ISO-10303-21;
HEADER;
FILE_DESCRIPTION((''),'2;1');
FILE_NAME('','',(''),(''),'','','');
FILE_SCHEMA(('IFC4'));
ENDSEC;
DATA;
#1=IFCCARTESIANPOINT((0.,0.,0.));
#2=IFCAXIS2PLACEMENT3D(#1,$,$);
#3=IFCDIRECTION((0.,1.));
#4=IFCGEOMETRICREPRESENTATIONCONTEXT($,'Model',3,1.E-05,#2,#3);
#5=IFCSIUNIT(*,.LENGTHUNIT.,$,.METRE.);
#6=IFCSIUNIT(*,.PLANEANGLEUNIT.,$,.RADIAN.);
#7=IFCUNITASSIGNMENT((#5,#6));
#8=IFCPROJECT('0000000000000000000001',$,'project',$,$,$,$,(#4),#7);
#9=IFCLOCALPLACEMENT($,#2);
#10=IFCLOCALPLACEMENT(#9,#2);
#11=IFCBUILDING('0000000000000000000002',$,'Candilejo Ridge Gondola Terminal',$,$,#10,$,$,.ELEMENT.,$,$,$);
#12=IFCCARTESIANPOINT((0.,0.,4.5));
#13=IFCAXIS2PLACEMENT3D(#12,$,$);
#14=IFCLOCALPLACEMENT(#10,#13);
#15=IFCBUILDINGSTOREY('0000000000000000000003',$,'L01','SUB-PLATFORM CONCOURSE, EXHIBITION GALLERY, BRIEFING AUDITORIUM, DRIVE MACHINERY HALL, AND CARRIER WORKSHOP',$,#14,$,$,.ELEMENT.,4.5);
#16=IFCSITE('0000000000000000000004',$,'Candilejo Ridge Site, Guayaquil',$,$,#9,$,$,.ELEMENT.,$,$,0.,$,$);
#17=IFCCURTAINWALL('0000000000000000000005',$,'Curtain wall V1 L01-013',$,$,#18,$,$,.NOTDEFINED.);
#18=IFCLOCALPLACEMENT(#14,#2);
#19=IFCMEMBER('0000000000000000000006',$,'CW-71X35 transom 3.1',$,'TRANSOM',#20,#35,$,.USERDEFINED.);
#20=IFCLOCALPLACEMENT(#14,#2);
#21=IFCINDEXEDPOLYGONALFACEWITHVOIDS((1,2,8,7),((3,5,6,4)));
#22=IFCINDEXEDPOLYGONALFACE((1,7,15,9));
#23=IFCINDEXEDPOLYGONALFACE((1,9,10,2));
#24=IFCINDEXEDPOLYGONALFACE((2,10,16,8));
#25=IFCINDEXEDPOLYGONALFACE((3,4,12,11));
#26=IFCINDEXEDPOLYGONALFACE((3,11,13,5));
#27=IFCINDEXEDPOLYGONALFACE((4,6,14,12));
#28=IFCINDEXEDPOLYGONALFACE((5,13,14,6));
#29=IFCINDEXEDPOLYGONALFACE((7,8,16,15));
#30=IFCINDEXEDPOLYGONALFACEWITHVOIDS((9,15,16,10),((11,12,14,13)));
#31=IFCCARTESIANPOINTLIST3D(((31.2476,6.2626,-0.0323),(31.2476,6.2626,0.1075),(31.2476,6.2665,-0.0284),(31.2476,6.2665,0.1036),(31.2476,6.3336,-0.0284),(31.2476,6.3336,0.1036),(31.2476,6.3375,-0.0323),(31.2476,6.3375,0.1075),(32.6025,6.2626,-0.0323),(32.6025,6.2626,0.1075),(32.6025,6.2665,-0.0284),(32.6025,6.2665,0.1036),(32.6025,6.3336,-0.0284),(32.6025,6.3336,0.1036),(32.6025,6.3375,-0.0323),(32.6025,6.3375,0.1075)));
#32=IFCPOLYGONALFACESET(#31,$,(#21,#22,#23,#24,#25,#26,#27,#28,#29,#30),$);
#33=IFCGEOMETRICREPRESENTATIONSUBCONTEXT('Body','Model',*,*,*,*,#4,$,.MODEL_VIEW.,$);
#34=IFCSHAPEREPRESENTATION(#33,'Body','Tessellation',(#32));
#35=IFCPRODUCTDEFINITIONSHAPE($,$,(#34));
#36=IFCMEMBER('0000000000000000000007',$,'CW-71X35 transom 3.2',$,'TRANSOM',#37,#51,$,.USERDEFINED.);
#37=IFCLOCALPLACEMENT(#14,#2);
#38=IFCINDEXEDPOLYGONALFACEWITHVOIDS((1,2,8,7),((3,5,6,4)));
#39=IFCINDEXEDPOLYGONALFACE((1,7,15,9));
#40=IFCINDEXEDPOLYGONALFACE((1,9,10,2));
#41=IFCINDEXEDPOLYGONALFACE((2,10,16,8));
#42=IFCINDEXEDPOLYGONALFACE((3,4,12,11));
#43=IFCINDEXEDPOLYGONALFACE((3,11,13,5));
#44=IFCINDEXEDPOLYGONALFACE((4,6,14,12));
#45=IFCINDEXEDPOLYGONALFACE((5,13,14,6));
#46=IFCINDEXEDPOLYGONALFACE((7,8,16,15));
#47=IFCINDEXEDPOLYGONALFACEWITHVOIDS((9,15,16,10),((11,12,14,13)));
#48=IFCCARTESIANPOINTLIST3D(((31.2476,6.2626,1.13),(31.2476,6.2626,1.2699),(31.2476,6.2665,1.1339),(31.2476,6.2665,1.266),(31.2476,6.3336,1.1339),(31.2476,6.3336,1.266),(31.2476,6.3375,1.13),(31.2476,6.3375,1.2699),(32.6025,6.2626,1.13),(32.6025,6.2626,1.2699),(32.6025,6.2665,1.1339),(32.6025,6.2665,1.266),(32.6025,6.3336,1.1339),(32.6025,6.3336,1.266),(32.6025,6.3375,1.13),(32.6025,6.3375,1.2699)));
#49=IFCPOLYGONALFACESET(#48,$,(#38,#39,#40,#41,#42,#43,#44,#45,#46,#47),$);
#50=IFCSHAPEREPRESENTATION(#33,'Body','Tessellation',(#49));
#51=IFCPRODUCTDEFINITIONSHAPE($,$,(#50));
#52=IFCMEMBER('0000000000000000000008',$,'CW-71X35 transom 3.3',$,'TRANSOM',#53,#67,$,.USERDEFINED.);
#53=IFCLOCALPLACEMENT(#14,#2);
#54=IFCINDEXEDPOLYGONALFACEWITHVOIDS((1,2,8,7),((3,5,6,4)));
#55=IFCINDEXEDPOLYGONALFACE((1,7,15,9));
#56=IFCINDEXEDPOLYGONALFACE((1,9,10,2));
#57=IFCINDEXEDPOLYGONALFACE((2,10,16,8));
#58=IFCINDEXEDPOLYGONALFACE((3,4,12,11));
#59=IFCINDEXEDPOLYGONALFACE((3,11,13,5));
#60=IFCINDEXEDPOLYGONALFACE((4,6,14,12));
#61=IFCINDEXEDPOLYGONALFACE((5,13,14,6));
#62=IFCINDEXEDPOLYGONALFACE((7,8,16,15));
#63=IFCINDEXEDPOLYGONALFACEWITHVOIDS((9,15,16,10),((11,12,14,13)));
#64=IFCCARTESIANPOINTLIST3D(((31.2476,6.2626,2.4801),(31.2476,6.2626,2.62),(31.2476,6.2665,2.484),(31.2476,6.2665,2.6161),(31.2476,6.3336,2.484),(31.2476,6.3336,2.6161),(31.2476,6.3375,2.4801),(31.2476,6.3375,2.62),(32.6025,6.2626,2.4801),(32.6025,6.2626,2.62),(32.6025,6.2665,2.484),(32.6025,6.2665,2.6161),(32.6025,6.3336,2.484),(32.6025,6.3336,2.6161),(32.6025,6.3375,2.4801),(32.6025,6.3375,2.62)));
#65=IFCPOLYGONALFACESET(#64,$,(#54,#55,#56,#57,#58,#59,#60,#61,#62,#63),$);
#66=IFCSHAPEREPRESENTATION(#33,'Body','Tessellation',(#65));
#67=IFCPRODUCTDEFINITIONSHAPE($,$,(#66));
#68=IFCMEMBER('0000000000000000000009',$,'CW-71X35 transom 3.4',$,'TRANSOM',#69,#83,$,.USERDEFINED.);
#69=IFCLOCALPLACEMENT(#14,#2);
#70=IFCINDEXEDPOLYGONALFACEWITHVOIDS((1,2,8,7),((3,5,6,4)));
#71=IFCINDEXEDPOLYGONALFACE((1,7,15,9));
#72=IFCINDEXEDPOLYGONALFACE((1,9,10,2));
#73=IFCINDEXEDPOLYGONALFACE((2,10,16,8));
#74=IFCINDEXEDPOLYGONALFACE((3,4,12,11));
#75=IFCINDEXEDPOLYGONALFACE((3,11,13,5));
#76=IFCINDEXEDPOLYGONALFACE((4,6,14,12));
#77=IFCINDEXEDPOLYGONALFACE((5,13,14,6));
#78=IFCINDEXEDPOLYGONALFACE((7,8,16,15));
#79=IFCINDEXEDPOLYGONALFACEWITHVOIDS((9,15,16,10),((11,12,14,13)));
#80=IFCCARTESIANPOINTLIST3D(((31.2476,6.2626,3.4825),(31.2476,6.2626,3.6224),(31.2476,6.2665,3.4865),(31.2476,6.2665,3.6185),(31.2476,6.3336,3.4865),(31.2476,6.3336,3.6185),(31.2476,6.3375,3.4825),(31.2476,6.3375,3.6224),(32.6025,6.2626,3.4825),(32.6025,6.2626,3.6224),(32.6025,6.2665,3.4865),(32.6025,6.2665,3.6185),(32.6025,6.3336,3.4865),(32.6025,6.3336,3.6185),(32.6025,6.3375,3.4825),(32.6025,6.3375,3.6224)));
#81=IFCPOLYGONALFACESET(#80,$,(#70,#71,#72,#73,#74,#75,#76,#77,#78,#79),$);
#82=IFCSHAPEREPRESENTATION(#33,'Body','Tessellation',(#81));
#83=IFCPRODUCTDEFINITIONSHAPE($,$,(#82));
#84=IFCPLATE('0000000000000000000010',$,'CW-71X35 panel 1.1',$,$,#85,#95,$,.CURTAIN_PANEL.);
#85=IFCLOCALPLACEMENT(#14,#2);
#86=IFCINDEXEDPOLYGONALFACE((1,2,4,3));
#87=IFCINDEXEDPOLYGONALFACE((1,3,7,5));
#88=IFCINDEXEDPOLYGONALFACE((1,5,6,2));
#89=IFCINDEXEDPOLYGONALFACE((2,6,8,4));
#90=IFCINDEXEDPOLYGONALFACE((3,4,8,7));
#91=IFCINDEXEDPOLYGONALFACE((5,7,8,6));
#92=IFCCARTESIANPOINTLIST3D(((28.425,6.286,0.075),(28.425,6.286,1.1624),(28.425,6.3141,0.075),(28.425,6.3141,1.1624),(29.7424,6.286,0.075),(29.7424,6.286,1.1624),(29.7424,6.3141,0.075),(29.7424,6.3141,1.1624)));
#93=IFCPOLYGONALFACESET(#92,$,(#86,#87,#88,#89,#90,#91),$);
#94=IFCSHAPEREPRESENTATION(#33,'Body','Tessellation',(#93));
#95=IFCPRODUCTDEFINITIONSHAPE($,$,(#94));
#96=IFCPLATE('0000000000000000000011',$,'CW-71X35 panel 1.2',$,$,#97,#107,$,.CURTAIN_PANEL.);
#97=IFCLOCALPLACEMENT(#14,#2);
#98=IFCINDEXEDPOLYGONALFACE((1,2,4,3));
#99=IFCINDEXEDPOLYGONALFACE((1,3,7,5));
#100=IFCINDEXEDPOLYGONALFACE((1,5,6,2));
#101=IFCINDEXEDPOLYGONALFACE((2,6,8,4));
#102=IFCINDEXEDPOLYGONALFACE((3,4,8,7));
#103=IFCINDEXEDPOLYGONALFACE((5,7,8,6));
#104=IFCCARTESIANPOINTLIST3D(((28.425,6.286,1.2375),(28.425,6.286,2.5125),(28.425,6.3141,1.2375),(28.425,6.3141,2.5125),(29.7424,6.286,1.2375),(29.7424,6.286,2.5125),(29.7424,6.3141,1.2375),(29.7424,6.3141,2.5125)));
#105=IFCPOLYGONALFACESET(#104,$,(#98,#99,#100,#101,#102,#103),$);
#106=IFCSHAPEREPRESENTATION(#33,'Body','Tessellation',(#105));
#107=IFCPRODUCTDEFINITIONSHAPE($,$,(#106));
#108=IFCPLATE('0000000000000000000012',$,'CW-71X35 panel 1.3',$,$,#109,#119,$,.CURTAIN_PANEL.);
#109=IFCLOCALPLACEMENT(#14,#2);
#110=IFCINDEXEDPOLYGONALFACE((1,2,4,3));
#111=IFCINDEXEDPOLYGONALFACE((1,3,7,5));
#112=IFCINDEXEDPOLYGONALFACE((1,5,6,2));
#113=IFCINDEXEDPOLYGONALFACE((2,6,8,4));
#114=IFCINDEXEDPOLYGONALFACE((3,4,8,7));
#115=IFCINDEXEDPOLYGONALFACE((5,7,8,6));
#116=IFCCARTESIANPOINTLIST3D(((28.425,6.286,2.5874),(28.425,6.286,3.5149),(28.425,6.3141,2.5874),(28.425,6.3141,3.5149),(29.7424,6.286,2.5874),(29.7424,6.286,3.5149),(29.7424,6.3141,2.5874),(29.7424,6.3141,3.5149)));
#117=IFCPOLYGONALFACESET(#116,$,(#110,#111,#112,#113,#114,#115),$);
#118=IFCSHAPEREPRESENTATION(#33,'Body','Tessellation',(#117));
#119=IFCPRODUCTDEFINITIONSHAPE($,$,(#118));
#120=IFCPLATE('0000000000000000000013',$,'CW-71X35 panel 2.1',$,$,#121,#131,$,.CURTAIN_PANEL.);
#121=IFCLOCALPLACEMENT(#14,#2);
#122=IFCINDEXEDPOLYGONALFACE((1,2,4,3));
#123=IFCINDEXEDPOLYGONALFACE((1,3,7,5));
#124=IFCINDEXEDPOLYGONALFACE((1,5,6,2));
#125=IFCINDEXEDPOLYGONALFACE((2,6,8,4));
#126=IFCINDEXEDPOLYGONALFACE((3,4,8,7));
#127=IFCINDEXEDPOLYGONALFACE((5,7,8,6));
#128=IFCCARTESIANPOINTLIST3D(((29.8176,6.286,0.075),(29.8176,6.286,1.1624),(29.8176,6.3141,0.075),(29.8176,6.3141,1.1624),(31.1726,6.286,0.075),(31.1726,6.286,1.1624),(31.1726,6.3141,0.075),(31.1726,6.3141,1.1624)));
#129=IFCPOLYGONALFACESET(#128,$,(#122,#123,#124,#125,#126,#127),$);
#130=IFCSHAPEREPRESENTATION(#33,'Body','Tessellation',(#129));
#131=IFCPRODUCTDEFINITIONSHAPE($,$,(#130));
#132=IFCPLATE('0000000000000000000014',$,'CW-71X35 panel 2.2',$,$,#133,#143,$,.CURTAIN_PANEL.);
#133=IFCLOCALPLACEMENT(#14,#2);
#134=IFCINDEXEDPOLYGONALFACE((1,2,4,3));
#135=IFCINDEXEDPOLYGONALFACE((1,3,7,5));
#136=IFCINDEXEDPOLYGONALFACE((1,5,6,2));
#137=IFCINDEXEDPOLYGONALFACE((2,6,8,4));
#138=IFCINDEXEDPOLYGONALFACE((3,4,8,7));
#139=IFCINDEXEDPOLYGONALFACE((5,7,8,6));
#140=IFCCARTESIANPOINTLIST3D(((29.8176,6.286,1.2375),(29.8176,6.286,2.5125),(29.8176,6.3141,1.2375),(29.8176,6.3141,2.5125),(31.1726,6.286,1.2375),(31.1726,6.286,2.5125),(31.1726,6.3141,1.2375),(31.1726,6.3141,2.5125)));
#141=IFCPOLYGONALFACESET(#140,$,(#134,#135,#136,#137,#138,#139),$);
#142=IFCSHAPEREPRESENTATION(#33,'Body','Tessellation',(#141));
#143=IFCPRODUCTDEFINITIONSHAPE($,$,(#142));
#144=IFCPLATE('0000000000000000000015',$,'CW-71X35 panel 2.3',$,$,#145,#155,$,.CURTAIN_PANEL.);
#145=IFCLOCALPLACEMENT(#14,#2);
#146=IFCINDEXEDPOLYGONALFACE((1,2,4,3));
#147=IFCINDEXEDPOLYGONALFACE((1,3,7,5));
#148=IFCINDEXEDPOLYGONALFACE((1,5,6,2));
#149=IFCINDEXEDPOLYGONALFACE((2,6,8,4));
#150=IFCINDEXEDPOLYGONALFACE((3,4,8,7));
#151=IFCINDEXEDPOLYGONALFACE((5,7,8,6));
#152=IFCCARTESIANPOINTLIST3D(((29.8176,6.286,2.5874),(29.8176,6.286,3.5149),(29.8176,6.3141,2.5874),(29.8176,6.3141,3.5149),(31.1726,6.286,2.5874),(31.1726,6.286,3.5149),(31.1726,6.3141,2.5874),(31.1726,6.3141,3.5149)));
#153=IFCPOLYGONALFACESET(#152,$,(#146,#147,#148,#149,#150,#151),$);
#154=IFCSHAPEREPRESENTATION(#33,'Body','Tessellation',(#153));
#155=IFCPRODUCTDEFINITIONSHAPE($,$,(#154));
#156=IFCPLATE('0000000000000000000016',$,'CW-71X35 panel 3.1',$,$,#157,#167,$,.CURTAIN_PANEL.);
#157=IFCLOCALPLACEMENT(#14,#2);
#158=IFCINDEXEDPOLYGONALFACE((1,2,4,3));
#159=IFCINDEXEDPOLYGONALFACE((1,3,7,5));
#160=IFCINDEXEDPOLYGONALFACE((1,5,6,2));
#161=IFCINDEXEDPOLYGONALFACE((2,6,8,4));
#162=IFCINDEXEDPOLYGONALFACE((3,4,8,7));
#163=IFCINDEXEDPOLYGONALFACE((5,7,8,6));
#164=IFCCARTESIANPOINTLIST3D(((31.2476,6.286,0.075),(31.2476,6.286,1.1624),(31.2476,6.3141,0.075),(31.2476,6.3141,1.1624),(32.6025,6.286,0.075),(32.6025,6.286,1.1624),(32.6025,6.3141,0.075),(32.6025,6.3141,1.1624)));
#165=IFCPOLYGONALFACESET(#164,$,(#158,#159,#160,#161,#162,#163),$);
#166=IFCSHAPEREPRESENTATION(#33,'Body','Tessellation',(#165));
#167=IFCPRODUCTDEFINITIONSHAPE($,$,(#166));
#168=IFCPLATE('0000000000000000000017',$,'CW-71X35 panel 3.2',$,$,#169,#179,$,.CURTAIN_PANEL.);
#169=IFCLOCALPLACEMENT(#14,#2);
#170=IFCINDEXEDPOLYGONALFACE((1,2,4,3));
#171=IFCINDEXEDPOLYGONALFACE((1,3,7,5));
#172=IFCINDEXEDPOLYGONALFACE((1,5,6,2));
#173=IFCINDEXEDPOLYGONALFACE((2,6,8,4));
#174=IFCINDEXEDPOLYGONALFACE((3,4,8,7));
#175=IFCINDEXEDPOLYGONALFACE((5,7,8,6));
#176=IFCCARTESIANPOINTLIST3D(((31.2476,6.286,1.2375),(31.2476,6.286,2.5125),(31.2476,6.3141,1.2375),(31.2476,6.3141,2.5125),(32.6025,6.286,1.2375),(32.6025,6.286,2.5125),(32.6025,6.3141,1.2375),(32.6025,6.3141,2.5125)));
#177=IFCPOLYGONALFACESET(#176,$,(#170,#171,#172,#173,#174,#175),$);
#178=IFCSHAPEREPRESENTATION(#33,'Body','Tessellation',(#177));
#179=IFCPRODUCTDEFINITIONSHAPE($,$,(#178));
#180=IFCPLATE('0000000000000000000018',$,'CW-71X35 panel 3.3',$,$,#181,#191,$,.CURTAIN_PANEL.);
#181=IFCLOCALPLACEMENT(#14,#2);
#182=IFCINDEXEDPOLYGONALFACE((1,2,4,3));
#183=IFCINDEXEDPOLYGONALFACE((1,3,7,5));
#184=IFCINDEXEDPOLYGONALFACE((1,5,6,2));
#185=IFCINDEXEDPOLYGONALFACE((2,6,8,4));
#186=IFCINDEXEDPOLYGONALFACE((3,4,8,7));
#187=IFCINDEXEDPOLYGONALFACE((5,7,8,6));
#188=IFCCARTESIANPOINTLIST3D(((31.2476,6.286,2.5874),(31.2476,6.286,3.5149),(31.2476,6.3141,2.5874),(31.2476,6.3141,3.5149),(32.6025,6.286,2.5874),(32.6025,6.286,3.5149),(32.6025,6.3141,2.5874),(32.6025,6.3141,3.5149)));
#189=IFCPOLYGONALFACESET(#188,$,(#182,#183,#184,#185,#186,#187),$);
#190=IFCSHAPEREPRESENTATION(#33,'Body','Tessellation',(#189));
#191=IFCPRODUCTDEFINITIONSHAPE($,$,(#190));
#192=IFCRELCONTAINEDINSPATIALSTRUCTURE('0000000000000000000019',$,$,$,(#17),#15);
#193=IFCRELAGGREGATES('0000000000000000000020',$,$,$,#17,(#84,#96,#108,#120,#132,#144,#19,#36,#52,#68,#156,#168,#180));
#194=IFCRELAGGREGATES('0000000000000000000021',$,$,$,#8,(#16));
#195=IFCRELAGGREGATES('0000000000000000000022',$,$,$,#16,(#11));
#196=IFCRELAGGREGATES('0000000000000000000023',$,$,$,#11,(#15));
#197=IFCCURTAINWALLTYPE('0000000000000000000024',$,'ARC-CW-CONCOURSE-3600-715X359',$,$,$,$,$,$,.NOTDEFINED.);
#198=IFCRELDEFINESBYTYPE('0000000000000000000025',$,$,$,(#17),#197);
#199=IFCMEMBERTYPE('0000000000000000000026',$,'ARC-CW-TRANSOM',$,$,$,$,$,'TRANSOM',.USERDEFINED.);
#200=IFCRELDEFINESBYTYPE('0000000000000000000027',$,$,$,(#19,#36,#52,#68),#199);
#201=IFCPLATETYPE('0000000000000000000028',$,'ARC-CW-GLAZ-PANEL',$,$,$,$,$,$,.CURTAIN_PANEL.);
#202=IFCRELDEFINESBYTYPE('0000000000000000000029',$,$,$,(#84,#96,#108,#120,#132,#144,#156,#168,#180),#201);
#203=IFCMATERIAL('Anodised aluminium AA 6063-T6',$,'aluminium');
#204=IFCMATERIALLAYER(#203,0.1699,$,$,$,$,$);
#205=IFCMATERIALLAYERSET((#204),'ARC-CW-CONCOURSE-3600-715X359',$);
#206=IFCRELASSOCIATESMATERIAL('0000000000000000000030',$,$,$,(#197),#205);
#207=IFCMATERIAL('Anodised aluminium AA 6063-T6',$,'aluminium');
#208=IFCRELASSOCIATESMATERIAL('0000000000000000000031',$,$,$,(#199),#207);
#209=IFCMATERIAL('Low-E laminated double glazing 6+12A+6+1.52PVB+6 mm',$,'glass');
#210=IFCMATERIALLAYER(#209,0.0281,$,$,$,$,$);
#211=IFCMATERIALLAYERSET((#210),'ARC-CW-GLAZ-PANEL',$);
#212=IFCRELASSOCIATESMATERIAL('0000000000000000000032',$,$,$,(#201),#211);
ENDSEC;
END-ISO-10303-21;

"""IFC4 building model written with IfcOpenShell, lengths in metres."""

from ifc_helpers import new_model, si_unit, direction, frame, origin, origin_2d, place, context, subcontext, project, spatial, rectangle, hollow_rectangle, extrude, material, layer, layer_set, material_profile, profile_set, type_object, element, aggregate, save


model = new_model("IFC4")

# Units and contexts
model_context = context("Model", 3, precision=1e-05, world=origin(), true_north=direction((0.0, 1.0)))
body_context = subcontext(model_context, "Body", "Model", "MODEL_VIEW")
ifc_project = project(units=[si_unit("LENGTHUNIT", "METRE"), si_unit("PLANEANGLEUNIT", "RADIAN")], contexts=[model_context])

# Site, building, storey
site_placement = place(None, origin())
site = spatial("IfcSite", under=ifc_project, at=site_placement, Name="Candilejo Ridge Site, Guayaquil", CompositionType="ELEMENT", RefElevation=0.0)
building_placement = place(site_placement, origin())
building = spatial("IfcBuilding", under=site, at=building_placement, Name="Candilejo Ridge Gondola Terminal", CompositionType="ELEMENT")
storey_placement = place(building_placement, frame((0.0, 0.0, 4.5)))
storey = spatial("IfcBuildingStorey", under=building, at=storey_placement, Name="L01", Description="SUB-PLATFORM CONCOURSE, EXHIBITION GALLERY, BRIEFING AUDITORIUM, DRIVE MACHINERY HALL, AND CARRIER WORKSHOP", CompositionType="ELEMENT", Elevation=4.5)

# Curtain wall, members, plates
ifc_material_1 = material(Name="Anodised aluminium AA 6063-T6", Category="aluminium")
ifc_layer_1 = layer(ifc_material_1, 0.1699)
ifc_layer_set_1 = layer_set([ifc_layer_1], Name="ARC-CW-CONCOURSE-3600-715X359")
curtain_wall_type = type_object("IfcCurtainWallType", Name="ARC-CW-CONCOURSE-3600-715X359", PredefinedType="NOTDEFINED", material=ifc_layer_set_1)
curtain_wall_placement = place(storey_placement, origin())
curtain_wall = element("IfcCurtainWall", 1, at=curtain_wall_placement, inside=storey, type_object=curtain_wall_type, Name="Curtain wall V1 L01-013", PredefinedType="NOTDEFINED")
ifc_material_2 = material(Name="Anodised aluminium AA 6063-T6", Category="aluminium")
ifc_material_profile_1 = material_profile(ifc_material_2, hollow_rectangle(XDim=0.075, YDim=0.1399, WallThickness=0.0039, at=origin_2d()))
ifc_profile_set_1 = profile_set([ifc_material_profile_1], Name="Anodised aluminium AA 6063-T6")
member_type_1 = type_object("IfcMemberType", Name="ARC-CW-TRANSOM", ElementType="TRANSOM", PredefinedType="USERDEFINED", material=ifc_profile_set_1)
member_1_placement = place(storey_placement, frame((31.2476, 6.3, 0.0376), z_axis=(1.0, 0.0, 0.0), x_axis=(0.0, 1.0, 0.0)))
member_1 = element("IfcMember", 2, at=member_1_placement, type_object=member_type_1, Name="CW-71X35 transom 3.1", ObjectType="TRANSOM", PredefinedType="USERDEFINED", context=body_context, shape_type="SweptSolid", body=[
    extrude(hollow_rectangle(XDim=0.075, YDim=0.1399, WallThickness=0.0039, at=origin_2d()), origin(), (0.0, 0.0, 1.0), 1.355),
])
member_2_placement = place(storey_placement, frame((31.2476, 6.3, 1.2), z_axis=(1.0, 0.0, 0.0), x_axis=(0.0, 1.0, 0.0)))
member_2 = element("IfcMember", 3, at=member_2_placement, type_object=member_type_1, Name="CW-71X35 transom 3.2", ObjectType="TRANSOM", PredefinedType="USERDEFINED", context=body_context, shape_type="SweptSolid", body=[
    extrude(hollow_rectangle(XDim=0.075, YDim=0.1399, WallThickness=0.0039, at=origin_2d()), origin(), (0.0, 0.0, 1.0), 1.355),
])
member_3_placement = place(storey_placement, frame((31.2476, 6.3, 2.55), z_axis=(1.0, 0.0, 0.0), x_axis=(0.0, 1.0, 0.0)))
member_3 = element("IfcMember", 4, at=member_3_placement, type_object=member_type_1, Name="CW-71X35 transom 3.3", ObjectType="TRANSOM", PredefinedType="USERDEFINED", context=body_context, shape_type="SweptSolid", body=[
    extrude(hollow_rectangle(XDim=0.075, YDim=0.1399, WallThickness=0.0039, at=origin_2d()), origin(), (0.0, 0.0, 1.0), 1.355),
])
member_4_placement = place(storey_placement, frame((31.2476, 6.3, 3.5525), z_axis=(1.0, 0.0, 0.0), x_axis=(0.0, 1.0, 0.0)))
member_4 = element("IfcMember", 5, at=member_4_placement, type_object=member_type_1, Name="CW-71X35 transom 3.4", ObjectType="TRANSOM", PredefinedType="USERDEFINED", context=body_context, shape_type="SweptSolid", body=[
    extrude(hollow_rectangle(XDim=0.075, YDim=0.1399, WallThickness=0.0039, at=origin_2d()), origin(), (0.0, 0.0, 1.0), 1.355),
])
ifc_material_3 = material(Name="Low-E laminated double glazing 6+12A+6+1.52PVB+6 mm", Category="glass")
ifc_layer_2 = layer(ifc_material_3, 0.0281)
ifc_layer_set_2 = layer_set([ifc_layer_2], Name="ARC-CW-GLAZ-PANEL")
plate_type = type_object("IfcPlateType", Name="ARC-CW-GLAZ-PANEL", PredefinedType="CURTAIN_PANEL", material=ifc_layer_set_2)
plate_1_placement = place(storey_placement, frame((29.0837, 6.3, 0.075), z_axis=(0.0, 0.0, 1.0), x_axis=(1.0, 0.0, 0.0)))
plate_1 = element("IfcPlate", 6, at=plate_1_placement, type_object=plate_type, Name="CW-71X35 panel 1.1", PredefinedType="CURTAIN_PANEL", context=body_context, shape_type="SweptSolid", body=[
    extrude(rectangle(XDim=1.3174, YDim=0.0281, at=origin_2d()), origin(), (0.0, 0.0, 1.0), 1.0874),
])
plate_2_placement = place(storey_placement, frame((29.0837, 6.3, 1.2375), z_axis=(0.0, 0.0, 1.0), x_axis=(1.0, 0.0, 0.0)))
plate_2 = element("IfcPlate", 7, at=plate_2_placement, type_object=plate_type, Name="CW-71X35 panel 1.2", PredefinedType="CURTAIN_PANEL", context=body_context, shape_type="SweptSolid", body=[
    extrude(rectangle(XDim=1.3174, YDim=0.0281, at=origin_2d()), origin(), (0.0, 0.0, 1.0), 1.2749),
])
plate_3_placement = place(storey_placement, frame((29.0837, 6.3, 2.5874), z_axis=(0.0, 0.0, 1.0), x_axis=(1.0, 0.0, 0.0)))
plate_3 = element("IfcPlate", 8, at=plate_3_placement, type_object=plate_type, Name="CW-71X35 panel 1.3", PredefinedType="CURTAIN_PANEL", context=body_context, shape_type="SweptSolid", body=[
    extrude(rectangle(XDim=1.3174, YDim=0.0281, at=origin_2d()), origin(), (0.0, 0.0, 1.0), 0.9275),
])
plate_4_placement = place(storey_placement, frame((30.4951, 6.3, 0.075), z_axis=(0.0, 0.0, 1.0), x_axis=(1.0, 0.0, 0.0)))
plate_4 = element("IfcPlate", 9, at=plate_4_placement, type_object=plate_type, Name="CW-71X35 panel 2.1", PredefinedType="CURTAIN_PANEL", context=body_context, shape_type="SweptSolid", body=[
    extrude(rectangle(XDim=1.355, YDim=0.0281, at=origin_2d()), origin(), (0.0, 0.0, 1.0), 1.0874),
])
plate_5_placement = place(storey_placement, frame((30.4951, 6.3, 1.2375), z_axis=(0.0, 0.0, 1.0), x_axis=(1.0, 0.0, 0.0)))
plate_5 = element("IfcPlate", 10, at=plate_5_placement, type_object=plate_type, Name="CW-71X35 panel 2.2", PredefinedType="CURTAIN_PANEL", context=body_context, shape_type="SweptSolid", body=[
    extrude(rectangle(XDim=1.355, YDim=0.0281, at=origin_2d()), origin(), (0.0, 0.0, 1.0), 1.2749),
])
plate_6_placement = place(storey_placement, frame((30.4951, 6.3, 2.5874), z_axis=(0.0, 0.0, 1.0), x_axis=(1.0, 0.0, 0.0)))
plate_6 = element("IfcPlate", 11, at=plate_6_placement, type_object=plate_type, Name="CW-71X35 panel 2.3", PredefinedType="CURTAIN_PANEL", context=body_context, shape_type="SweptSolid", body=[
    extrude(rectangle(XDim=1.355, YDim=0.0281, at=origin_2d()), origin(), (0.0, 0.0, 1.0), 0.9275),
])
plate_7_placement = place(storey_placement, frame((31.925, 6.3, 0.075), z_axis=(0.0, 0.0, 1.0), x_axis=(1.0, 0.0, 0.0)))
plate_7 = element("IfcPlate", 12, at=plate_7_placement, type_object=plate_type, Name="CW-71X35 panel 3.1", PredefinedType="CURTAIN_PANEL", context=body_context, shape_type="SweptSolid", body=[
    extrude(rectangle(XDim=1.355, YDim=0.0281, at=origin_2d()), origin(), (0.0, 0.0, 1.0), 1.0874),
])
plate_8_placement = place(storey_placement, frame((31.925, 6.3, 1.2375), z_axis=(0.0, 0.0, 1.0), x_axis=(1.0, 0.0, 0.0)))
plate_8 = element("IfcPlate", 13, at=plate_8_placement, type_object=plate_type, Name="CW-71X35 panel 3.2", PredefinedType="CURTAIN_PANEL", context=body_context, shape_type="SweptSolid", body=[
    extrude(rectangle(XDim=1.355, YDim=0.0281, at=origin_2d()), origin(), (0.0, 0.0, 1.0), 1.2749),
])
plate_9_placement = place(storey_placement, frame((31.925, 6.3, 2.5874), z_axis=(0.0, 0.0, 1.0), x_axis=(1.0, 0.0, 0.0)))
plate_9 = element("IfcPlate", 14, at=plate_9_placement, type_object=plate_type, Name="CW-71X35 panel 3.3", PredefinedType="CURTAIN_PANEL", context=body_context, shape_type="SweptSolid", body=[
    extrude(rectangle(XDim=1.355, YDim=0.0281, at=origin_2d()), origin(), (0.0, 0.0, 1.0), 0.9275),
])
aggregate(curtain_wall, [plate_1, plate_2, plate_3, plate_4, plate_5, plate_6, member_1, member_2, member_3, member_4, plate_7, plate_8, plate_9])

save(model, "model.ifc")
